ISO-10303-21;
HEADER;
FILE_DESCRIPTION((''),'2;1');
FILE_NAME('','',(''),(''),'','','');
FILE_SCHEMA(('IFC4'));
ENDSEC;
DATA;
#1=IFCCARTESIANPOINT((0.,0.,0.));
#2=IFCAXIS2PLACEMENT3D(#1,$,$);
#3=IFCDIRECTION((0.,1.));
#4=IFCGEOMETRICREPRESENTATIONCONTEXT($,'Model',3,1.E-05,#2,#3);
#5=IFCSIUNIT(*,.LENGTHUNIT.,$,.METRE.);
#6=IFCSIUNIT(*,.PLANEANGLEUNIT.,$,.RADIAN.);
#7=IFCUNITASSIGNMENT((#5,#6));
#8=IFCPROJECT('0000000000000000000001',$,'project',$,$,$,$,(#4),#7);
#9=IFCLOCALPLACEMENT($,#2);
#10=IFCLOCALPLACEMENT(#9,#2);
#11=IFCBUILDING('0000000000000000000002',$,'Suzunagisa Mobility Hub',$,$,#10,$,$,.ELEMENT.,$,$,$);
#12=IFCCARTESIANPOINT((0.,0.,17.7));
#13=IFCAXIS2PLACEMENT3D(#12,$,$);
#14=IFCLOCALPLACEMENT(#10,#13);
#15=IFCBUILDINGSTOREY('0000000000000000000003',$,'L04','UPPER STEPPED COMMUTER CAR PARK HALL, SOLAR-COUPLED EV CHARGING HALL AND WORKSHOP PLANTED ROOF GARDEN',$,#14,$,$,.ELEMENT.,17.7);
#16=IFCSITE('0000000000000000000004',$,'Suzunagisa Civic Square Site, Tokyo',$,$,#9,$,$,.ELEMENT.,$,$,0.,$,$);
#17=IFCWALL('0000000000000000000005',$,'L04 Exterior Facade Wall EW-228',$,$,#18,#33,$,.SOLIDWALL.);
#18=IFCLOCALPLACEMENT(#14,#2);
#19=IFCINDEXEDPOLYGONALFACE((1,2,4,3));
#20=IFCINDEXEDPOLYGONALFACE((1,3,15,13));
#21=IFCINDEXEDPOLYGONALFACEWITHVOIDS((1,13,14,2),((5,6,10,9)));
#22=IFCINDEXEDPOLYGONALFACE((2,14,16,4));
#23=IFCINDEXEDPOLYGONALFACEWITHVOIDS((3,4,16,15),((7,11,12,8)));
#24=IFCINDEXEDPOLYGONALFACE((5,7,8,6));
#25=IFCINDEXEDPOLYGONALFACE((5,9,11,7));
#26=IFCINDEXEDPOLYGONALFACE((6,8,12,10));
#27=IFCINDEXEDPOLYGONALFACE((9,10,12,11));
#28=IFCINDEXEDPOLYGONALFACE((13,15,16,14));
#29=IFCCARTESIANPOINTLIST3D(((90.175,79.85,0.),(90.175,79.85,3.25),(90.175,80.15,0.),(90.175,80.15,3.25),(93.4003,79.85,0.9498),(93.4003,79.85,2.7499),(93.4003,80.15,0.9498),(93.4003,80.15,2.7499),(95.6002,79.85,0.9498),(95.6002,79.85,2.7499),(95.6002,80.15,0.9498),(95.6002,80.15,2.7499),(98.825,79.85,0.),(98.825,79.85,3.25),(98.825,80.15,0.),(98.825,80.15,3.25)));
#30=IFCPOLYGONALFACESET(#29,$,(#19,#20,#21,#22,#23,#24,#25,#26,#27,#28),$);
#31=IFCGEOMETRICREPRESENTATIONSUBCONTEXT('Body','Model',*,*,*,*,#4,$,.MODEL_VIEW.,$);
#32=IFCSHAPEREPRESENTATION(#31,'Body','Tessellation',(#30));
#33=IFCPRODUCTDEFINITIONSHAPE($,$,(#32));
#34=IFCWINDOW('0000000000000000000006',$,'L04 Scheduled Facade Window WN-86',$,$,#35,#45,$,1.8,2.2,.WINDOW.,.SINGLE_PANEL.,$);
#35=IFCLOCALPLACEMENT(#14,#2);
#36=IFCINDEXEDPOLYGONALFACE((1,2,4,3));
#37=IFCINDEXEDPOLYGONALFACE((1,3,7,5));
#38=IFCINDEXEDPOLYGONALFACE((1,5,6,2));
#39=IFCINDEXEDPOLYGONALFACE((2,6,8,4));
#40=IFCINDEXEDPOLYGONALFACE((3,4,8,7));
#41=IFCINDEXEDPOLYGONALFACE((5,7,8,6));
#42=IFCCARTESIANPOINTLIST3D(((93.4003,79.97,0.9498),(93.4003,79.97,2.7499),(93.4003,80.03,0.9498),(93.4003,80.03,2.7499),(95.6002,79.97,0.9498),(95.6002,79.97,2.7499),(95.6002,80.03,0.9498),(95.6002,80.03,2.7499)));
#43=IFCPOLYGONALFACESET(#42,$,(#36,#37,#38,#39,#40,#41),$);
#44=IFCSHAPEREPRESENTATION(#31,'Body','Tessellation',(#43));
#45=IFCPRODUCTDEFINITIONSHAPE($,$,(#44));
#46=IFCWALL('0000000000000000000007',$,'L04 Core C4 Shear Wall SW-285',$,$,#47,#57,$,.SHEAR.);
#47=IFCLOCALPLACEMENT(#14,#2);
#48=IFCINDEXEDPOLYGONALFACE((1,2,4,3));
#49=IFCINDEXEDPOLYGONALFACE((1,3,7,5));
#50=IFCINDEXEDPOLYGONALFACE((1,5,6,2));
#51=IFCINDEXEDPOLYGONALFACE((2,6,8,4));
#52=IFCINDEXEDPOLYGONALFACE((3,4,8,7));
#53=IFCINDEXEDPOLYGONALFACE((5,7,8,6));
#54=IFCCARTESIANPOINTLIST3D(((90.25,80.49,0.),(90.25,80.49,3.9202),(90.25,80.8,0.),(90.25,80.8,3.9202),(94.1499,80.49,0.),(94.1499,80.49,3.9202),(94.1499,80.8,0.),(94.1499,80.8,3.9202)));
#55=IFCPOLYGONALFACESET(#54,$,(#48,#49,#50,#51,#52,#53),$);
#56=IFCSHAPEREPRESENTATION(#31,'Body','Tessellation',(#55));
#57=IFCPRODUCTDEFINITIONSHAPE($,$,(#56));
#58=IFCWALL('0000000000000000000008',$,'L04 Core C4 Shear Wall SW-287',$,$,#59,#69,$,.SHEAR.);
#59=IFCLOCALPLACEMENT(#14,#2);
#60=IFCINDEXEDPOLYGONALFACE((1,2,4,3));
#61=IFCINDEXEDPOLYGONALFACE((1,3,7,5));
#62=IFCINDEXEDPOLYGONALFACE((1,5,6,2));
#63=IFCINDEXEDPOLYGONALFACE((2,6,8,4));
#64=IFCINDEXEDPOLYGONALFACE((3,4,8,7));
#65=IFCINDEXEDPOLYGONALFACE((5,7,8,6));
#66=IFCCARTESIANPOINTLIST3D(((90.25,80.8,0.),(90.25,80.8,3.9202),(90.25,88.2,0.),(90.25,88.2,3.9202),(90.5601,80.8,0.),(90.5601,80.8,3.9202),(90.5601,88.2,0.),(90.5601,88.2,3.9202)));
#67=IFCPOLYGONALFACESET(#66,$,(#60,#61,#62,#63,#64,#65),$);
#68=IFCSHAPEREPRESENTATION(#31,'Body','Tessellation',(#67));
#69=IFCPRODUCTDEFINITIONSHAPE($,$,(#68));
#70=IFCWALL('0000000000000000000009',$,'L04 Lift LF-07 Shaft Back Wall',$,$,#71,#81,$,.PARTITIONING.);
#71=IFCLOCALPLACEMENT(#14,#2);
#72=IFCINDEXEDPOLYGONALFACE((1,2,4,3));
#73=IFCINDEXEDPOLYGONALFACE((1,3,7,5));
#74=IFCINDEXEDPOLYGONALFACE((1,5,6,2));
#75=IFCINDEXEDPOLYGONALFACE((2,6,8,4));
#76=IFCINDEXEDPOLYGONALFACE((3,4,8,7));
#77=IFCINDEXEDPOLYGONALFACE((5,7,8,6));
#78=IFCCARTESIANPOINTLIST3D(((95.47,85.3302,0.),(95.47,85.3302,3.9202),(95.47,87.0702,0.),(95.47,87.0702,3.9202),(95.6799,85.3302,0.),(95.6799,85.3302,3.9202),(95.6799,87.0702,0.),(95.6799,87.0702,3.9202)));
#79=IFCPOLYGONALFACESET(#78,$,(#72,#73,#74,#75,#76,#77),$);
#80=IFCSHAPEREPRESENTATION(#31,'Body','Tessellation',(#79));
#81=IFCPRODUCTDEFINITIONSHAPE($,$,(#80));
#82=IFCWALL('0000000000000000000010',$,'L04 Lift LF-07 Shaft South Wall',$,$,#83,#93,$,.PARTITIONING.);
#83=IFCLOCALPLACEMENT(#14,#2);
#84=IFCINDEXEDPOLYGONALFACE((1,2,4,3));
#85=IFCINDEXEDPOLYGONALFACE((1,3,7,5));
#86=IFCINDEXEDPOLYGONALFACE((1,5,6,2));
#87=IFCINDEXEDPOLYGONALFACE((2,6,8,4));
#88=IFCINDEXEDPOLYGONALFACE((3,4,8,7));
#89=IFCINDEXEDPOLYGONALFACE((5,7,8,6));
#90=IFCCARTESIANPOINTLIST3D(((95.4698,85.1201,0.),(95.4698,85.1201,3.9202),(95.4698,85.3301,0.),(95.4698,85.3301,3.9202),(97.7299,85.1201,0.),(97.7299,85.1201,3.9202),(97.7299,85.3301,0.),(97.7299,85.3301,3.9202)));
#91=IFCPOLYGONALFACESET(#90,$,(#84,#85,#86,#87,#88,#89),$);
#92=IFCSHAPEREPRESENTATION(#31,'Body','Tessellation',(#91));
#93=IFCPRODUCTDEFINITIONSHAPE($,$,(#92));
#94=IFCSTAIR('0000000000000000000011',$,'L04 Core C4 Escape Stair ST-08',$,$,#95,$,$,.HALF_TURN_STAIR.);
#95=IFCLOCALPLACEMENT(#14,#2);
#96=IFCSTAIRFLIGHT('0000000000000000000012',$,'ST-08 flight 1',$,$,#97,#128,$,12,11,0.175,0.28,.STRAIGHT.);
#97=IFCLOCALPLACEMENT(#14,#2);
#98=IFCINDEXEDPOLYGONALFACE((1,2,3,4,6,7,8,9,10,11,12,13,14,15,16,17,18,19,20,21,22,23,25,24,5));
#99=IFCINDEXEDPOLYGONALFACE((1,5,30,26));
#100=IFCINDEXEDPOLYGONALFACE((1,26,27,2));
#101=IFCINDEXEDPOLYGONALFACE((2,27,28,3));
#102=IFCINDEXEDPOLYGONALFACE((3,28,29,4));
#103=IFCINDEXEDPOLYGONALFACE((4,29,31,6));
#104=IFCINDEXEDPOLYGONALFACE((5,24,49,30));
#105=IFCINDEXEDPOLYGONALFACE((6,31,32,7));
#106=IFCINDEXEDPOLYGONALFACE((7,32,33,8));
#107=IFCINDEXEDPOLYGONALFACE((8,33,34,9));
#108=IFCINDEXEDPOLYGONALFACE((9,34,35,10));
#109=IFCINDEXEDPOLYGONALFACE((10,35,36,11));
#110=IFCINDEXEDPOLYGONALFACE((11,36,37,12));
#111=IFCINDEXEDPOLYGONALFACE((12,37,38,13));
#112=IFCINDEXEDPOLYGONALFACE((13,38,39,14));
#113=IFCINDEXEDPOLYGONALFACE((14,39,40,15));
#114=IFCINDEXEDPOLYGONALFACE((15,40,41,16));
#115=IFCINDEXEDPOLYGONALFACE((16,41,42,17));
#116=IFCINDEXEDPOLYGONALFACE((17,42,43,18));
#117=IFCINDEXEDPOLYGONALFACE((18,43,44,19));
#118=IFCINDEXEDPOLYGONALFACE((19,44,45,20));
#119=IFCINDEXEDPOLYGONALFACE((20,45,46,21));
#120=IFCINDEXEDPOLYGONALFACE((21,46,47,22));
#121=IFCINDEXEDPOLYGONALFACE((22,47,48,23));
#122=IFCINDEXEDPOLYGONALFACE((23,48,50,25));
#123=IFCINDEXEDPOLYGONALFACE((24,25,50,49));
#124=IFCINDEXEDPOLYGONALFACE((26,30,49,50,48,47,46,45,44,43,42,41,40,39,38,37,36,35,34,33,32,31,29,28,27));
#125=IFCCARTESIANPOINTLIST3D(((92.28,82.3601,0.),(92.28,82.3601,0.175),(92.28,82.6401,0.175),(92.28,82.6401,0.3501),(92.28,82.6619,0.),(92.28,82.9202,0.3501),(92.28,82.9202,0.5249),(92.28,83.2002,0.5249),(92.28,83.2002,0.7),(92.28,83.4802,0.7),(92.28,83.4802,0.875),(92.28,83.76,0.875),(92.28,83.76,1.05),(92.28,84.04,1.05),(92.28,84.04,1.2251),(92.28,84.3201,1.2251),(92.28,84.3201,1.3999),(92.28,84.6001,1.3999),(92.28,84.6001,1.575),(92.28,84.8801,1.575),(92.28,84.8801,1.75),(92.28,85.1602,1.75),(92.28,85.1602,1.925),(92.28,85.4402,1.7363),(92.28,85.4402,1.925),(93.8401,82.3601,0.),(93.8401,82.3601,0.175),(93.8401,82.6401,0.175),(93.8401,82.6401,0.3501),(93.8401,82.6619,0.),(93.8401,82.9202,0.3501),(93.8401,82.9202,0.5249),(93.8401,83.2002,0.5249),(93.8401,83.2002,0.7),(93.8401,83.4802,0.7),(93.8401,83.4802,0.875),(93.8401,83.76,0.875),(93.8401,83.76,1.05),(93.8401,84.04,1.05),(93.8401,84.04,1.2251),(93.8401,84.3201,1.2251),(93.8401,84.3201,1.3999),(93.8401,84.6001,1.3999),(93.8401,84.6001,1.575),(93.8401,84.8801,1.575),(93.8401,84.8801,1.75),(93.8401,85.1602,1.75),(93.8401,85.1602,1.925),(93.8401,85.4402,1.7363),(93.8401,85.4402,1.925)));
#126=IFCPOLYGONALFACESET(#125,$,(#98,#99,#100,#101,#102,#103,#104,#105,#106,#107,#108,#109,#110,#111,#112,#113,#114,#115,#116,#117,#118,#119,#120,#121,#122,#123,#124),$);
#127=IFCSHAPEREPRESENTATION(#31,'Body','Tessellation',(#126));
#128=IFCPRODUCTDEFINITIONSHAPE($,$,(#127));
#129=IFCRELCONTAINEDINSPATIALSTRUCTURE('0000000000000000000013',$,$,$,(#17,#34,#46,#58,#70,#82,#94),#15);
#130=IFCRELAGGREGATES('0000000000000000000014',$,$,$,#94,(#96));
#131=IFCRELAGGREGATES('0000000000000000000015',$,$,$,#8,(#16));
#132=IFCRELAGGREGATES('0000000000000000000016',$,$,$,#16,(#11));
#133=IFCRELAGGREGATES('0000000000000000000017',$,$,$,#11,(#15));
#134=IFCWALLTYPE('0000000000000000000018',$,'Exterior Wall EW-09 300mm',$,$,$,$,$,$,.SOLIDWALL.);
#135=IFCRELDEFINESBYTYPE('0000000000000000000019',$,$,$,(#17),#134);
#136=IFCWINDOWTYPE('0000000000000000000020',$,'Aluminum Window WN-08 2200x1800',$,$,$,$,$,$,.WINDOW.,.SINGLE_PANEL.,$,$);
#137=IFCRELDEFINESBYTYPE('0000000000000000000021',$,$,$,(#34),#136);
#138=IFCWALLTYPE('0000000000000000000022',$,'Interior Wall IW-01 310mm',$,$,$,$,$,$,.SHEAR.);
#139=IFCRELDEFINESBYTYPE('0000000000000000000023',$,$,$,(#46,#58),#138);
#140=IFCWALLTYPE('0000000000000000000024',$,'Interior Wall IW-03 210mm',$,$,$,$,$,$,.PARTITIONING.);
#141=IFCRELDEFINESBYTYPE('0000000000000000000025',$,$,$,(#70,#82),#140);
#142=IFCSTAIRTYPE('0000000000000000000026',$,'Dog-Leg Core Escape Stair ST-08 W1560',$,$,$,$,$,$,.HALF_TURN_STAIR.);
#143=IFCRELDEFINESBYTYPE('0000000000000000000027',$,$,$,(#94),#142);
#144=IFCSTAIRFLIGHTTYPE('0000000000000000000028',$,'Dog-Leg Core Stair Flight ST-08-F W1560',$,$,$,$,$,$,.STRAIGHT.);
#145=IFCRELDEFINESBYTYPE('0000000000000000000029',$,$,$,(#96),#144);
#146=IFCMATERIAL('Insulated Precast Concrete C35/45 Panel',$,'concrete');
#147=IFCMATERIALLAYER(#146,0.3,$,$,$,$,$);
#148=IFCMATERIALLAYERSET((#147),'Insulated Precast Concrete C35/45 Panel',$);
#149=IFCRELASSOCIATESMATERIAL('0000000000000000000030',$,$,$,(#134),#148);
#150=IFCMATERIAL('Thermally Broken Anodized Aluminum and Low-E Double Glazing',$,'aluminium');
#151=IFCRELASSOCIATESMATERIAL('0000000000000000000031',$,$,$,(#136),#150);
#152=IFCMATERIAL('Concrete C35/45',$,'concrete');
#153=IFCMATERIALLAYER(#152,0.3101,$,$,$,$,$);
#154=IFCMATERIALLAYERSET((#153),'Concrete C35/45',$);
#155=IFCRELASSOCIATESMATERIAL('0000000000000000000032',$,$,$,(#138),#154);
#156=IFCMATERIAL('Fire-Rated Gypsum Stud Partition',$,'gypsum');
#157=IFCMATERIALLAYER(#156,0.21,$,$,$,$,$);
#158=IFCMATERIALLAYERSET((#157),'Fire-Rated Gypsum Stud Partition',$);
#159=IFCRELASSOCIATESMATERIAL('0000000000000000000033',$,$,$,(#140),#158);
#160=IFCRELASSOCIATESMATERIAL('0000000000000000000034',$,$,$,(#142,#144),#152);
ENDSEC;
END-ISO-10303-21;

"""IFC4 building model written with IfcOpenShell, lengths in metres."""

from ifc_helpers import new_model, si_unit, direction, frame, frame_2d, origin, place, context, subcontext, project, spatial, polyline, rectangle, outline, extrude, material, layer, layer_set, type_object, element, fill, aggregate, save


model = new_model("IFC4")

# Units and contexts
model_context = context("Model", 3, precision=1e-05, world=origin(), true_north=direction((0.0, 1.0)))
body_context = subcontext(model_context, "Body", "Model", "MODEL_VIEW")
ifc_project = project(units=[si_unit("LENGTHUNIT", "METRE"), si_unit("PLANEANGLEUNIT", "RADIAN")], contexts=[model_context])

# Site, building, storey
site_placement = place(None, origin())
site = spatial("IfcSite", under=ifc_project, at=site_placement, Name="Suzunagisa Civic Square Site, Tokyo", CompositionType="ELEMENT", RefElevation=0.0)
building_placement = place(site_placement, origin())
building = spatial("IfcBuilding", under=site, at=building_placement, Name="Suzunagisa Mobility Hub", CompositionType="ELEMENT")
storey_placement = place(building_placement, frame((0.0, 0.0, 17.7)))
storey = spatial("IfcBuildingStorey", under=building, at=storey_placement, Name="L04", Description="UPPER STEPPED COMMUTER CAR PARK HALL, SOLAR-COUPLED EV CHARGING HALL AND WORKSHOP PLANTED ROOF GARDEN", CompositionType="ELEMENT", Elevation=17.7)

# Wall, opening, window
ifc_material_1 = material(Name="Insulated Precast Concrete C35/45 Panel", Category="concrete")
ifc_layer_1 = layer(ifc_material_1, 0.3)
ifc_layer_set_1 = layer_set([ifc_layer_1], Name="Insulated Precast Concrete C35/45 Panel")
wall_type_1 = type_object("IfcWallType", Name="Exterior Wall EW-09 300mm", PredefinedType="SOLIDWALL", material=ifc_layer_set_1)
wall_1_placement = place(storey_placement, frame((90.175, 80.0, 0.0), z_axis=(0.0, 0.0, 1.0), x_axis=(1.0, 0.0, 0.0)))
wall_1 = element("IfcWall", 1, at=wall_1_placement, inside=storey, type_object=wall_type_1, Name="L04 Exterior Facade Wall EW-228", PredefinedType="SOLIDWALL", context=body_context, shape_type="SweptSolid", body=[
    extrude(rectangle(XDim=8.6499, YDim=0.3, at=frame_2d((4.325, 0.0))), origin(), (0.0, 0.0, 1.0), 3.25),
])
opening_1_placement = place(wall_1_placement, frame((3.2251, 0.0, 0.95)))
opening_1 = element("IfcOpeningElement", 2, at=opening_1_placement, cuts=wall_1, PredefinedType="OPENING", context=body_context, shape_type="SweptSolid", body=[
    extrude(rectangle(XDim=2.2, YDim=1.8, at=frame_2d((1.1001, 0.8999))), frame((0.0, 0.1611, 0.0), z_axis=(0.0, -1.0, 0.0), x_axis=(1.0, 0.0, 0.0)), (0.0, 0.0, 1.0), 0.322),
])
ifc_material_2 = material(Name="Thermally Broken Anodized Aluminum and Low-E Double Glazing", Category="aluminium")
window_type = type_object("IfcWindowType", Name="Aluminum Window WN-08 2200x1800", PartitioningType="SINGLE_PANEL", PredefinedType="WINDOW", material=ifc_material_2)
window_placement = place(opening_1_placement, origin())
window = element("IfcWindow", 3, at=window_placement, inside=storey, type_object=window_type, Name="L04 Scheduled Facade Window WN-86", OverallHeight=1.8, OverallWidth=2.2, PartitioningType="SINGLE_PANEL", PredefinedType="WINDOW", context=body_context, shape_type="SweptSolid", body=[
    extrude(rectangle(XDim=2.2, YDim=1.8, at=frame_2d((1.1001, 0.8999))), frame((0.0, 0.03, 0.0), z_axis=(0.0, -1.0, 0.0), x_axis=(1.0, 0.0, 0.0)), (0.0, 0.0, 1.0), 0.0601),
])
fill(opening_1, window)

# Walls
ifc_material_3 = material(Name="Concrete C35/45", Category="concrete")
ifc_layer_2 = layer(ifc_material_3, 0.3101)
ifc_layer_set_2 = layer_set([ifc_layer_2], Name="Concrete C35/45")
wall_type_2 = type_object("IfcWallType", Name="Interior Wall IW-01 310mm", PredefinedType="SHEAR", material=ifc_layer_set_2)
wall_2_placement = place(storey_placement, frame((90.25, 80.645, 0.0), z_axis=(0.0, 0.0, 1.0), x_axis=(1.0, 0.0, 0.0)))
element("IfcWall", 4, at=wall_2_placement, inside=storey, type_object=wall_type_2, Name="L04 Core C4 Shear Wall SW-285", PredefinedType="SHEAR", context=body_context, shape_type="SweptSolid", body=[
    extrude(rectangle(XDim=3.8999, YDim=0.3101, at=frame_2d((1.95, 0.0))), origin(), (0.0, 0.0, 1.0), 3.9202),
])
wall_3_placement = place(storey_placement, frame((90.405, 80.8, 0.0), z_axis=(0.0, 0.0, 1.0), x_axis=(0.0, 1.0, 0.0)))
element("IfcWall", 5, at=wall_3_placement, inside=storey, type_object=wall_type_2, Name="L04 Core C4 Shear Wall SW-287", PredefinedType="SHEAR", context=body_context, shape_type="SweptSolid", body=[
    extrude(rectangle(XDim=7.3999, YDim=0.3101, at=frame_2d((3.7, 0.0))), origin(), (0.0, 0.0, 1.0), 3.9202),
])

# Shared definitions
ifc_material_4 = material(Name="Fire-Rated Gypsum Stud Partition", Category="gypsum")
ifc_layer_3 = layer(ifc_material_4, 0.21)
ifc_layer_set_3 = layer_set([ifc_layer_3], Name="Fire-Rated Gypsum Stud Partition")
wall_type_3 = type_object("IfcWallType", Name="Interior Wall IW-03 210mm", PredefinedType="PARTITIONING", material=ifc_layer_set_3)

# Walls
wall_4_placement = place(storey_placement, frame((95.575, 85.3301, 0.0), z_axis=(0.0, 0.0, 1.0), x_axis=(0.0, 1.0, 0.0)))
element("IfcWall", 6, at=wall_4_placement, inside=storey, type_object=wall_type_3, Name="L04 Lift LF-07 Shaft Back Wall", PredefinedType="PARTITIONING", context=body_context, shape_type="SweptSolid", body=[
    extrude(rectangle(XDim=1.74, YDim=0.21, at=frame_2d((0.8701, 0.0))), origin(), (0.0, 0.0, 1.0), 3.9202),
])
wall_5_placement = place(storey_placement, frame((95.47, 85.2251, 0.0), z_axis=(0.0, 0.0, 1.0), x_axis=(1.0, 0.0, 0.0)))
element("IfcWall", 7, at=wall_5_placement, inside=storey, type_object=wall_type_3, Name="L04 Lift LF-07 Shaft South Wall", PredefinedType="PARTITIONING", context=body_context, shape_type="SweptSolid", body=[
    extrude(rectangle(XDim=2.26, YDim=0.21, at=frame_2d((1.1299, 0.0))), origin(), (0.0, 0.0, 1.0), 3.9202),
])

# Stair, stair flight
stair_type = type_object("IfcStairType", Name="Dog-Leg Core Escape Stair ST-08 W1560", PredefinedType="HALF_TURN_STAIR", material=ifc_material_3)
stair_placement = place(storey_placement, origin())
stair = element("IfcStair", 8, at=stair_placement, inside=storey, type_object=stair_type, Name="L04 Core C4 Escape Stair ST-08", PredefinedType="HALF_TURN_STAIR")
stair_flight_type = type_object("IfcStairFlightType", Name="Dog-Leg Core Stair Flight ST-08-F W1560", PredefinedType="STRAIGHT", material=ifc_material_3)
stair_flight_placement = place(storey_placement, frame((93.0601, 82.3601, 0.0), z_axis=(0.0, 0.0, 1.0), x_axis=(0.0, 1.0, 0.0)))
stair_flight = element("IfcStairFlight", 9, at=stair_flight_placement, type_object=stair_flight_type, Name="ST-08 flight 1", NumberOfRisers=12, NumberOfTreads=11, PredefinedType="STRAIGHT", RiserHeight=0.175, TreadLength=0.28, context=body_context, shape_type="SweptSolid", body=[
    extrude(outline(polyline([(0.0, 0.0), (0.0, 0.175), (0.28, 0.175), (0.28, 0.3501), (0.5601, 0.3501), (0.5601, 0.5249), (0.8401, 0.5249), (0.8401, 0.7), (1.1201, 0.7), (1.1201, 0.875), (1.3999, 0.875), (1.3999, 1.05), (1.6799, 1.05), (1.6799, 1.2251), (1.96, 1.2251), (1.96, 1.3999), (2.24, 1.3999), (2.24, 1.575), (2.52, 1.575), (2.52, 1.75), (2.8, 1.75), (2.8, 1.925), (3.0801, 1.925), (3.0801, 2.1001), (3.0801, 1.7363), (0.3018, 0.0), (0.0, 0.0)])), frame((0.0, 0.78, 0.0), z_axis=(0.0, -1.0, 0.0), x_axis=(1.0, 0.0, 0.0)), (0.0, 0.0, 1.0), 1.5601),
])
aggregate(stair, [stair_flight])

save(model, "model.ifc")
